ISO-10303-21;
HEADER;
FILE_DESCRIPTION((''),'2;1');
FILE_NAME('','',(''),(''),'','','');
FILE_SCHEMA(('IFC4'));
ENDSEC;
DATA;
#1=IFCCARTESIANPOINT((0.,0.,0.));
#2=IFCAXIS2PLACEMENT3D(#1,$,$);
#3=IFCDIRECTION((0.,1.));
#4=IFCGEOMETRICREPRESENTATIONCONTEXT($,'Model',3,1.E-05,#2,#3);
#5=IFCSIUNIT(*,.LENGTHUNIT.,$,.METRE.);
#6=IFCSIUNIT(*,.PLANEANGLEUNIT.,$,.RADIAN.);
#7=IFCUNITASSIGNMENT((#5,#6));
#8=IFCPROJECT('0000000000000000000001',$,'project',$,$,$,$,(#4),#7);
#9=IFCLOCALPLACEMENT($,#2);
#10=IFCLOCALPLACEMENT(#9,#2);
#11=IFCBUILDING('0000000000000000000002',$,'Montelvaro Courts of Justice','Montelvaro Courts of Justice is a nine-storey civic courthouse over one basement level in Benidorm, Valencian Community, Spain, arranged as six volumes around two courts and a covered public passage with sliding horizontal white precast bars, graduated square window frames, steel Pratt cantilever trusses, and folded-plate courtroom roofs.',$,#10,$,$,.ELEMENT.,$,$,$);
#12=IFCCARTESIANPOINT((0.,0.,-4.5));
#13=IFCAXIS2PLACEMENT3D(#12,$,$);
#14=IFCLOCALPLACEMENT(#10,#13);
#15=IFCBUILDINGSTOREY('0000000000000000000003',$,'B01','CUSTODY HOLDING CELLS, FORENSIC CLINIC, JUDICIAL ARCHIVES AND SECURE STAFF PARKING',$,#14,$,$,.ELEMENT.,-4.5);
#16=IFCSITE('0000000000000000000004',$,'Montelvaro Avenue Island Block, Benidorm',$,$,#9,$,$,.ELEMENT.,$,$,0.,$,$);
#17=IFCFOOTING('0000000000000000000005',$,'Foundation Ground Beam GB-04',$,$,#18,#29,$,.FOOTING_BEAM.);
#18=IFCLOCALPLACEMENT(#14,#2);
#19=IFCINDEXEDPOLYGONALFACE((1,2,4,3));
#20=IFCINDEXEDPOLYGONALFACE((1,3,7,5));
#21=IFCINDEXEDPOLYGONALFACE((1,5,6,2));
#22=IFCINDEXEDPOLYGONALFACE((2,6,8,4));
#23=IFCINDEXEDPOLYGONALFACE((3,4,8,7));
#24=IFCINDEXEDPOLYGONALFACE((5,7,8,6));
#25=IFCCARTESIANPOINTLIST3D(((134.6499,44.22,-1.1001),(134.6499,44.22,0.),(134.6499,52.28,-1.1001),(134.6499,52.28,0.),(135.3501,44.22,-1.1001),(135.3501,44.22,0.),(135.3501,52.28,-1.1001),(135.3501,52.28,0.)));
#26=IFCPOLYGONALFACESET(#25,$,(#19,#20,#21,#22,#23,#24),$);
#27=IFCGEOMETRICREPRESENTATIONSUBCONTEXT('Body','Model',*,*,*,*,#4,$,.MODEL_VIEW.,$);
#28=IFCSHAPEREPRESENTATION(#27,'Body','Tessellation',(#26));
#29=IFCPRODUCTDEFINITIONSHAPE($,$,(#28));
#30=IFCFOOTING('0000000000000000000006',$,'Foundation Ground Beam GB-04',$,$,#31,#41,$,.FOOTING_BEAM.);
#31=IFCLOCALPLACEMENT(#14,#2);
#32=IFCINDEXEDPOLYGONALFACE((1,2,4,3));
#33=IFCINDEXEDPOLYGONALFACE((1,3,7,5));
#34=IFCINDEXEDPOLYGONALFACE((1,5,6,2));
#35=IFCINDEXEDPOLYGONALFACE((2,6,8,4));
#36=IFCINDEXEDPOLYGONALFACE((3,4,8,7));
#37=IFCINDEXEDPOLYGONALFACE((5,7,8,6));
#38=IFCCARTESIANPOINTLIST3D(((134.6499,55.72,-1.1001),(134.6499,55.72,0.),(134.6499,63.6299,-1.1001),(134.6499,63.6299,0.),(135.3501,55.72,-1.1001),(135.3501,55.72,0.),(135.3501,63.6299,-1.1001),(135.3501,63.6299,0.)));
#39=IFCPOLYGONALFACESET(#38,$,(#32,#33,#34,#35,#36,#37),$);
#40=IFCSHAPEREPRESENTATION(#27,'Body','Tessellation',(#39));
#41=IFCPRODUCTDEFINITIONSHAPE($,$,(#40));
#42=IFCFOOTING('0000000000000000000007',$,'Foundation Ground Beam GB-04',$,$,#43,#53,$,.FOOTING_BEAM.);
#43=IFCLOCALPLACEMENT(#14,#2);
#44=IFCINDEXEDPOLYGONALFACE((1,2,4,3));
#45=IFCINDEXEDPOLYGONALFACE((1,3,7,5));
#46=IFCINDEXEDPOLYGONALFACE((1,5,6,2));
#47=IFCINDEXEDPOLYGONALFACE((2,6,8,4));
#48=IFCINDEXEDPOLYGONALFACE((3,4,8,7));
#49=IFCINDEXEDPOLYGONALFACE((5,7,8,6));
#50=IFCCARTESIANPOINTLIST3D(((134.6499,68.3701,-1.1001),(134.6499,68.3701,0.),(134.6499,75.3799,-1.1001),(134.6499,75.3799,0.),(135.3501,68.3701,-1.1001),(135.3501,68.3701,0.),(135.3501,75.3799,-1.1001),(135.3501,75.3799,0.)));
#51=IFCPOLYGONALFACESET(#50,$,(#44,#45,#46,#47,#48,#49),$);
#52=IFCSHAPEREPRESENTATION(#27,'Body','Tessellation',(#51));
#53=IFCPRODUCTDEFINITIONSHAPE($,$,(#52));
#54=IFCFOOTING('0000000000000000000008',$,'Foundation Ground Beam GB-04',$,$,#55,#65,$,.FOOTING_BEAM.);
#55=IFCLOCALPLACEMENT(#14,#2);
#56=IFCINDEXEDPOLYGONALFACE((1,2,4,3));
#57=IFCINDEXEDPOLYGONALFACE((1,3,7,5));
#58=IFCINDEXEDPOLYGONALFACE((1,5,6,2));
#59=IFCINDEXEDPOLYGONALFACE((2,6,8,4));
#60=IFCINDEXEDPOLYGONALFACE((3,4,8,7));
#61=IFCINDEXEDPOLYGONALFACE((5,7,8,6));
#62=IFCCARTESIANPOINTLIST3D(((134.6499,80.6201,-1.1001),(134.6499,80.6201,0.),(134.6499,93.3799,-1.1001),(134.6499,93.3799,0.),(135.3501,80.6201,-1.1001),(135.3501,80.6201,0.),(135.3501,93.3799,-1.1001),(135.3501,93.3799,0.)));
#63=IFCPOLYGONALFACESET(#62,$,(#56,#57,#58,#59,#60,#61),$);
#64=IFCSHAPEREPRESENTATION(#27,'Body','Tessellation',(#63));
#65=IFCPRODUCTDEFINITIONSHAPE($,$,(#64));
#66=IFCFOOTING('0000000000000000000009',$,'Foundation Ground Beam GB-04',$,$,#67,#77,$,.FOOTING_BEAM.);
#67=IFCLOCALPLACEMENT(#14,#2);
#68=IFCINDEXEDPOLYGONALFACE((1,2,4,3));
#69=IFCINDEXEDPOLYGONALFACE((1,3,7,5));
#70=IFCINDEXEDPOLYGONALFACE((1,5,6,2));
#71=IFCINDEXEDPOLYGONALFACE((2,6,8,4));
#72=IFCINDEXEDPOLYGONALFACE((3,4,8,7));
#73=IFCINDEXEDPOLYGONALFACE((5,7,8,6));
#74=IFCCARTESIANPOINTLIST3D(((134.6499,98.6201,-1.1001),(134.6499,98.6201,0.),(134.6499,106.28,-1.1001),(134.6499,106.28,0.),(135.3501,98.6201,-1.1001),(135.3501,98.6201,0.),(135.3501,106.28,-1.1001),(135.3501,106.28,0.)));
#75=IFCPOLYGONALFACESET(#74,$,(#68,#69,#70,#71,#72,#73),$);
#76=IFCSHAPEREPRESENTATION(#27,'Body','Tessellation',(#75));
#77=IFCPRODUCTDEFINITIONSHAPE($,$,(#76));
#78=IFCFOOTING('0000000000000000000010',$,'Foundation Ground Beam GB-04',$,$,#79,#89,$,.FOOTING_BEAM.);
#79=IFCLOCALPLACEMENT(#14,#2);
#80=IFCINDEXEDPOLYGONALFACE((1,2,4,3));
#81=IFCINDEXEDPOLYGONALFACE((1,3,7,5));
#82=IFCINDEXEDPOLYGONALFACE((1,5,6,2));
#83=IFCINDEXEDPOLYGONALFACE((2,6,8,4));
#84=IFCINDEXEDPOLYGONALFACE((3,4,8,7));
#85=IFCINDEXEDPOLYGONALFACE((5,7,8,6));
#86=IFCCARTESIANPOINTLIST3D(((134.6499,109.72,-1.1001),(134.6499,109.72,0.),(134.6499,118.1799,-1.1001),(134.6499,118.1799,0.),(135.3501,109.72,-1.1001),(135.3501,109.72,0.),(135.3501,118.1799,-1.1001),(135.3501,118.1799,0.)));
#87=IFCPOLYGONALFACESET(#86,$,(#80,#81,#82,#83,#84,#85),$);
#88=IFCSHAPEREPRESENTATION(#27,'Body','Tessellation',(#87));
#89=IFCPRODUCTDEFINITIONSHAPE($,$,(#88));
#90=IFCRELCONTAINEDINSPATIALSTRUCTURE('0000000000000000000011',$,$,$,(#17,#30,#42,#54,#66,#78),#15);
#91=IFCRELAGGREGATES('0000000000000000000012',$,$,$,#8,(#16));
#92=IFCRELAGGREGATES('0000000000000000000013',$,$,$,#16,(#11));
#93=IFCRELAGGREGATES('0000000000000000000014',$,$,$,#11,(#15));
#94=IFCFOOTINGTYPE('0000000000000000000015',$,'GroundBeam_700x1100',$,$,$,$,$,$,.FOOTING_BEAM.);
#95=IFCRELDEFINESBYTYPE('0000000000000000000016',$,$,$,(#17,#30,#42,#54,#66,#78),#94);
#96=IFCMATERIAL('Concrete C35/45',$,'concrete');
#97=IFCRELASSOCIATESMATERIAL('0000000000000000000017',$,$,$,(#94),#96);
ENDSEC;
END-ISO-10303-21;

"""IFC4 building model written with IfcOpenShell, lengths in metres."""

from ifc_helpers import new_model, si_unit, direction, frame, origin, place, context, subcontext, project, spatial, polyline, outline, extrude, material, type_object, element, save


model = new_model("IFC4")

# Units and contexts
model_context = context("Model", 3, precision=1e-05, world=origin(), true_north=direction((0.0, 1.0)))
body_context = subcontext(model_context, "Body", "Model", "MODEL_VIEW")
ifc_project = project(units=[si_unit("LENGTHUNIT", "METRE"), si_unit("PLANEANGLEUNIT", "RADIAN")], contexts=[model_context])

# Site, building, storey
site_placement = place(None, origin())
site = spatial("IfcSite", under=ifc_project, at=site_placement, Name="Montelvaro Avenue Island Block, Benidorm", CompositionType="ELEMENT", RefElevation=0.0)
building_placement = place(site_placement, origin())
building = spatial("IfcBuilding", under=site, at=building_placement, Name="Montelvaro Courts of Justice", Description="Montelvaro Courts of Justice is a nine-storey civic courthouse over one basement level in Benidorm, Valencian Community, Spain, arranged as six volumes around two courts and a covered public passage with sliding horizontal white precast bars, graduated square window frames, steel Pratt cantilever trusses, and folded-plate courtroom roofs.", CompositionType="ELEMENT")
storey_placement = place(building_placement, frame((0.0, 0.0, -4.5)))
storey = spatial("IfcBuildingStorey", under=building, at=storey_placement, Name="B01", Description="CUSTODY HOLDING CELLS, FORENSIC CLINIC, JUDICIAL ARCHIVES AND SECURE STAFF PARKING", CompositionType="ELEMENT", Elevation=-4.5)

# Footings
ifc_material = material(Name="Concrete C35/45", Category="concrete")
footing_type_1 = type_object("IfcFootingType", Name="GroundBeam_700x1100", PredefinedType="FOOTING_BEAM", material=ifc_material)
footing_1_placement = place(storey_placement, frame((0.0, 0.0, -1.1001)))
element("IfcFooting", 1, at=footing_1_placement, inside=storey, type_object=footing_type_1, Name="Foundation Ground Beam GB-04", PredefinedType="FOOTING_BEAM", context=body_context, shape_type="SweptSolid", body=[
    extrude(outline(polyline([(134.6499, 44.22), (135.3501, 44.22), (135.3501, 52.28), (134.6499, 52.28), (134.6499, 44.22)])), origin(), (0.0, 0.0, 1.0), 1.1001),
])
footing_2_placement = place(storey_placement, frame((0.0, 0.0, -1.1001)))
element("IfcFooting", 2, at=footing_2_placement, inside=storey, type_object=footing_type_1, Name="Foundation Ground Beam GB-04", PredefinedType="FOOTING_BEAM", context=body_context, shape_type="SweptSolid", body=[
    extrude(outline(polyline([(134.6499, 55.72), (135.3501, 55.72), (135.3501, 63.6299), (134.6499, 63.6299), (134.6499, 55.72)])), origin(), (0.0, 0.0, 1.0), 1.1001),
])
footing_3_placement = place(storey_placement, frame((0.0, 0.0, -1.1001)))
element("IfcFooting", 3, at=footing_3_placement, inside=storey, type_object=footing_type_1, Name="Foundation Ground Beam GB-04", PredefinedType="FOOTING_BEAM", context=body_context, shape_type="SweptSolid", body=[
    extrude(outline(polyline([(134.6499, 68.3701), (135.3501, 68.3701), (135.3501, 75.3799), (134.6499, 75.3799), (134.6499, 68.3701)])), origin(), (0.0, 0.0, 1.0), 1.1001),
])
footing_4_placement = place(storey_placement, frame((0.0, 0.0, -1.1001)))
element("IfcFooting", 4, at=footing_4_placement, inside=storey, type_object=footing_type_1, Name="Foundation Ground Beam GB-04", PredefinedType="FOOTING_BEAM", context=body_context, shape_type="SweptSolid", body=[
    extrude(outline(polyline([(134.6499, 80.6201), (135.3501, 80.6201), (135.3501, 93.3799), (134.6499, 93.3799), (134.6499, 80.6201)])), origin(), (0.0, 0.0, 1.0), 1.1001),
])
footing_5_placement = place(storey_placement, frame((0.0, 0.0, -1.1001)))
element("IfcFooting", 5, at=footing_5_placement, inside=storey, type_object=footing_type_1, Name="Foundation Ground Beam GB-04", PredefinedType="FOOTING_BEAM", context=body_context, shape_type="SweptSolid", body=[
    extrude(outline(polyline([(134.6499, 98.6201), (135.3501, 98.6201), (135.3501, 106.28), (134.6499, 106.28), (134.6499, 98.6201)])), origin(), (0.0, 0.0, 1.0), 1.1001),
])
footing_6_placement = place(storey_placement, frame((0.0, 0.0, -1.1001)))
element("IfcFooting", 6, at=footing_6_placement, inside=storey, type_object=footing_type_1, Name="Foundation Ground Beam GB-04", PredefinedType="FOOTING_BEAM", context=body_context, shape_type="SweptSolid", body=[
    extrude(outline(polyline([(134.6499, 109.72), (135.3501, 109.72), (135.3501, 118.1799), (134.6499, 118.1799), (134.6499, 109.72)])), origin(), (0.0, 0.0, 1.0), 1.1001),
])

save(model, "model.ifc")
